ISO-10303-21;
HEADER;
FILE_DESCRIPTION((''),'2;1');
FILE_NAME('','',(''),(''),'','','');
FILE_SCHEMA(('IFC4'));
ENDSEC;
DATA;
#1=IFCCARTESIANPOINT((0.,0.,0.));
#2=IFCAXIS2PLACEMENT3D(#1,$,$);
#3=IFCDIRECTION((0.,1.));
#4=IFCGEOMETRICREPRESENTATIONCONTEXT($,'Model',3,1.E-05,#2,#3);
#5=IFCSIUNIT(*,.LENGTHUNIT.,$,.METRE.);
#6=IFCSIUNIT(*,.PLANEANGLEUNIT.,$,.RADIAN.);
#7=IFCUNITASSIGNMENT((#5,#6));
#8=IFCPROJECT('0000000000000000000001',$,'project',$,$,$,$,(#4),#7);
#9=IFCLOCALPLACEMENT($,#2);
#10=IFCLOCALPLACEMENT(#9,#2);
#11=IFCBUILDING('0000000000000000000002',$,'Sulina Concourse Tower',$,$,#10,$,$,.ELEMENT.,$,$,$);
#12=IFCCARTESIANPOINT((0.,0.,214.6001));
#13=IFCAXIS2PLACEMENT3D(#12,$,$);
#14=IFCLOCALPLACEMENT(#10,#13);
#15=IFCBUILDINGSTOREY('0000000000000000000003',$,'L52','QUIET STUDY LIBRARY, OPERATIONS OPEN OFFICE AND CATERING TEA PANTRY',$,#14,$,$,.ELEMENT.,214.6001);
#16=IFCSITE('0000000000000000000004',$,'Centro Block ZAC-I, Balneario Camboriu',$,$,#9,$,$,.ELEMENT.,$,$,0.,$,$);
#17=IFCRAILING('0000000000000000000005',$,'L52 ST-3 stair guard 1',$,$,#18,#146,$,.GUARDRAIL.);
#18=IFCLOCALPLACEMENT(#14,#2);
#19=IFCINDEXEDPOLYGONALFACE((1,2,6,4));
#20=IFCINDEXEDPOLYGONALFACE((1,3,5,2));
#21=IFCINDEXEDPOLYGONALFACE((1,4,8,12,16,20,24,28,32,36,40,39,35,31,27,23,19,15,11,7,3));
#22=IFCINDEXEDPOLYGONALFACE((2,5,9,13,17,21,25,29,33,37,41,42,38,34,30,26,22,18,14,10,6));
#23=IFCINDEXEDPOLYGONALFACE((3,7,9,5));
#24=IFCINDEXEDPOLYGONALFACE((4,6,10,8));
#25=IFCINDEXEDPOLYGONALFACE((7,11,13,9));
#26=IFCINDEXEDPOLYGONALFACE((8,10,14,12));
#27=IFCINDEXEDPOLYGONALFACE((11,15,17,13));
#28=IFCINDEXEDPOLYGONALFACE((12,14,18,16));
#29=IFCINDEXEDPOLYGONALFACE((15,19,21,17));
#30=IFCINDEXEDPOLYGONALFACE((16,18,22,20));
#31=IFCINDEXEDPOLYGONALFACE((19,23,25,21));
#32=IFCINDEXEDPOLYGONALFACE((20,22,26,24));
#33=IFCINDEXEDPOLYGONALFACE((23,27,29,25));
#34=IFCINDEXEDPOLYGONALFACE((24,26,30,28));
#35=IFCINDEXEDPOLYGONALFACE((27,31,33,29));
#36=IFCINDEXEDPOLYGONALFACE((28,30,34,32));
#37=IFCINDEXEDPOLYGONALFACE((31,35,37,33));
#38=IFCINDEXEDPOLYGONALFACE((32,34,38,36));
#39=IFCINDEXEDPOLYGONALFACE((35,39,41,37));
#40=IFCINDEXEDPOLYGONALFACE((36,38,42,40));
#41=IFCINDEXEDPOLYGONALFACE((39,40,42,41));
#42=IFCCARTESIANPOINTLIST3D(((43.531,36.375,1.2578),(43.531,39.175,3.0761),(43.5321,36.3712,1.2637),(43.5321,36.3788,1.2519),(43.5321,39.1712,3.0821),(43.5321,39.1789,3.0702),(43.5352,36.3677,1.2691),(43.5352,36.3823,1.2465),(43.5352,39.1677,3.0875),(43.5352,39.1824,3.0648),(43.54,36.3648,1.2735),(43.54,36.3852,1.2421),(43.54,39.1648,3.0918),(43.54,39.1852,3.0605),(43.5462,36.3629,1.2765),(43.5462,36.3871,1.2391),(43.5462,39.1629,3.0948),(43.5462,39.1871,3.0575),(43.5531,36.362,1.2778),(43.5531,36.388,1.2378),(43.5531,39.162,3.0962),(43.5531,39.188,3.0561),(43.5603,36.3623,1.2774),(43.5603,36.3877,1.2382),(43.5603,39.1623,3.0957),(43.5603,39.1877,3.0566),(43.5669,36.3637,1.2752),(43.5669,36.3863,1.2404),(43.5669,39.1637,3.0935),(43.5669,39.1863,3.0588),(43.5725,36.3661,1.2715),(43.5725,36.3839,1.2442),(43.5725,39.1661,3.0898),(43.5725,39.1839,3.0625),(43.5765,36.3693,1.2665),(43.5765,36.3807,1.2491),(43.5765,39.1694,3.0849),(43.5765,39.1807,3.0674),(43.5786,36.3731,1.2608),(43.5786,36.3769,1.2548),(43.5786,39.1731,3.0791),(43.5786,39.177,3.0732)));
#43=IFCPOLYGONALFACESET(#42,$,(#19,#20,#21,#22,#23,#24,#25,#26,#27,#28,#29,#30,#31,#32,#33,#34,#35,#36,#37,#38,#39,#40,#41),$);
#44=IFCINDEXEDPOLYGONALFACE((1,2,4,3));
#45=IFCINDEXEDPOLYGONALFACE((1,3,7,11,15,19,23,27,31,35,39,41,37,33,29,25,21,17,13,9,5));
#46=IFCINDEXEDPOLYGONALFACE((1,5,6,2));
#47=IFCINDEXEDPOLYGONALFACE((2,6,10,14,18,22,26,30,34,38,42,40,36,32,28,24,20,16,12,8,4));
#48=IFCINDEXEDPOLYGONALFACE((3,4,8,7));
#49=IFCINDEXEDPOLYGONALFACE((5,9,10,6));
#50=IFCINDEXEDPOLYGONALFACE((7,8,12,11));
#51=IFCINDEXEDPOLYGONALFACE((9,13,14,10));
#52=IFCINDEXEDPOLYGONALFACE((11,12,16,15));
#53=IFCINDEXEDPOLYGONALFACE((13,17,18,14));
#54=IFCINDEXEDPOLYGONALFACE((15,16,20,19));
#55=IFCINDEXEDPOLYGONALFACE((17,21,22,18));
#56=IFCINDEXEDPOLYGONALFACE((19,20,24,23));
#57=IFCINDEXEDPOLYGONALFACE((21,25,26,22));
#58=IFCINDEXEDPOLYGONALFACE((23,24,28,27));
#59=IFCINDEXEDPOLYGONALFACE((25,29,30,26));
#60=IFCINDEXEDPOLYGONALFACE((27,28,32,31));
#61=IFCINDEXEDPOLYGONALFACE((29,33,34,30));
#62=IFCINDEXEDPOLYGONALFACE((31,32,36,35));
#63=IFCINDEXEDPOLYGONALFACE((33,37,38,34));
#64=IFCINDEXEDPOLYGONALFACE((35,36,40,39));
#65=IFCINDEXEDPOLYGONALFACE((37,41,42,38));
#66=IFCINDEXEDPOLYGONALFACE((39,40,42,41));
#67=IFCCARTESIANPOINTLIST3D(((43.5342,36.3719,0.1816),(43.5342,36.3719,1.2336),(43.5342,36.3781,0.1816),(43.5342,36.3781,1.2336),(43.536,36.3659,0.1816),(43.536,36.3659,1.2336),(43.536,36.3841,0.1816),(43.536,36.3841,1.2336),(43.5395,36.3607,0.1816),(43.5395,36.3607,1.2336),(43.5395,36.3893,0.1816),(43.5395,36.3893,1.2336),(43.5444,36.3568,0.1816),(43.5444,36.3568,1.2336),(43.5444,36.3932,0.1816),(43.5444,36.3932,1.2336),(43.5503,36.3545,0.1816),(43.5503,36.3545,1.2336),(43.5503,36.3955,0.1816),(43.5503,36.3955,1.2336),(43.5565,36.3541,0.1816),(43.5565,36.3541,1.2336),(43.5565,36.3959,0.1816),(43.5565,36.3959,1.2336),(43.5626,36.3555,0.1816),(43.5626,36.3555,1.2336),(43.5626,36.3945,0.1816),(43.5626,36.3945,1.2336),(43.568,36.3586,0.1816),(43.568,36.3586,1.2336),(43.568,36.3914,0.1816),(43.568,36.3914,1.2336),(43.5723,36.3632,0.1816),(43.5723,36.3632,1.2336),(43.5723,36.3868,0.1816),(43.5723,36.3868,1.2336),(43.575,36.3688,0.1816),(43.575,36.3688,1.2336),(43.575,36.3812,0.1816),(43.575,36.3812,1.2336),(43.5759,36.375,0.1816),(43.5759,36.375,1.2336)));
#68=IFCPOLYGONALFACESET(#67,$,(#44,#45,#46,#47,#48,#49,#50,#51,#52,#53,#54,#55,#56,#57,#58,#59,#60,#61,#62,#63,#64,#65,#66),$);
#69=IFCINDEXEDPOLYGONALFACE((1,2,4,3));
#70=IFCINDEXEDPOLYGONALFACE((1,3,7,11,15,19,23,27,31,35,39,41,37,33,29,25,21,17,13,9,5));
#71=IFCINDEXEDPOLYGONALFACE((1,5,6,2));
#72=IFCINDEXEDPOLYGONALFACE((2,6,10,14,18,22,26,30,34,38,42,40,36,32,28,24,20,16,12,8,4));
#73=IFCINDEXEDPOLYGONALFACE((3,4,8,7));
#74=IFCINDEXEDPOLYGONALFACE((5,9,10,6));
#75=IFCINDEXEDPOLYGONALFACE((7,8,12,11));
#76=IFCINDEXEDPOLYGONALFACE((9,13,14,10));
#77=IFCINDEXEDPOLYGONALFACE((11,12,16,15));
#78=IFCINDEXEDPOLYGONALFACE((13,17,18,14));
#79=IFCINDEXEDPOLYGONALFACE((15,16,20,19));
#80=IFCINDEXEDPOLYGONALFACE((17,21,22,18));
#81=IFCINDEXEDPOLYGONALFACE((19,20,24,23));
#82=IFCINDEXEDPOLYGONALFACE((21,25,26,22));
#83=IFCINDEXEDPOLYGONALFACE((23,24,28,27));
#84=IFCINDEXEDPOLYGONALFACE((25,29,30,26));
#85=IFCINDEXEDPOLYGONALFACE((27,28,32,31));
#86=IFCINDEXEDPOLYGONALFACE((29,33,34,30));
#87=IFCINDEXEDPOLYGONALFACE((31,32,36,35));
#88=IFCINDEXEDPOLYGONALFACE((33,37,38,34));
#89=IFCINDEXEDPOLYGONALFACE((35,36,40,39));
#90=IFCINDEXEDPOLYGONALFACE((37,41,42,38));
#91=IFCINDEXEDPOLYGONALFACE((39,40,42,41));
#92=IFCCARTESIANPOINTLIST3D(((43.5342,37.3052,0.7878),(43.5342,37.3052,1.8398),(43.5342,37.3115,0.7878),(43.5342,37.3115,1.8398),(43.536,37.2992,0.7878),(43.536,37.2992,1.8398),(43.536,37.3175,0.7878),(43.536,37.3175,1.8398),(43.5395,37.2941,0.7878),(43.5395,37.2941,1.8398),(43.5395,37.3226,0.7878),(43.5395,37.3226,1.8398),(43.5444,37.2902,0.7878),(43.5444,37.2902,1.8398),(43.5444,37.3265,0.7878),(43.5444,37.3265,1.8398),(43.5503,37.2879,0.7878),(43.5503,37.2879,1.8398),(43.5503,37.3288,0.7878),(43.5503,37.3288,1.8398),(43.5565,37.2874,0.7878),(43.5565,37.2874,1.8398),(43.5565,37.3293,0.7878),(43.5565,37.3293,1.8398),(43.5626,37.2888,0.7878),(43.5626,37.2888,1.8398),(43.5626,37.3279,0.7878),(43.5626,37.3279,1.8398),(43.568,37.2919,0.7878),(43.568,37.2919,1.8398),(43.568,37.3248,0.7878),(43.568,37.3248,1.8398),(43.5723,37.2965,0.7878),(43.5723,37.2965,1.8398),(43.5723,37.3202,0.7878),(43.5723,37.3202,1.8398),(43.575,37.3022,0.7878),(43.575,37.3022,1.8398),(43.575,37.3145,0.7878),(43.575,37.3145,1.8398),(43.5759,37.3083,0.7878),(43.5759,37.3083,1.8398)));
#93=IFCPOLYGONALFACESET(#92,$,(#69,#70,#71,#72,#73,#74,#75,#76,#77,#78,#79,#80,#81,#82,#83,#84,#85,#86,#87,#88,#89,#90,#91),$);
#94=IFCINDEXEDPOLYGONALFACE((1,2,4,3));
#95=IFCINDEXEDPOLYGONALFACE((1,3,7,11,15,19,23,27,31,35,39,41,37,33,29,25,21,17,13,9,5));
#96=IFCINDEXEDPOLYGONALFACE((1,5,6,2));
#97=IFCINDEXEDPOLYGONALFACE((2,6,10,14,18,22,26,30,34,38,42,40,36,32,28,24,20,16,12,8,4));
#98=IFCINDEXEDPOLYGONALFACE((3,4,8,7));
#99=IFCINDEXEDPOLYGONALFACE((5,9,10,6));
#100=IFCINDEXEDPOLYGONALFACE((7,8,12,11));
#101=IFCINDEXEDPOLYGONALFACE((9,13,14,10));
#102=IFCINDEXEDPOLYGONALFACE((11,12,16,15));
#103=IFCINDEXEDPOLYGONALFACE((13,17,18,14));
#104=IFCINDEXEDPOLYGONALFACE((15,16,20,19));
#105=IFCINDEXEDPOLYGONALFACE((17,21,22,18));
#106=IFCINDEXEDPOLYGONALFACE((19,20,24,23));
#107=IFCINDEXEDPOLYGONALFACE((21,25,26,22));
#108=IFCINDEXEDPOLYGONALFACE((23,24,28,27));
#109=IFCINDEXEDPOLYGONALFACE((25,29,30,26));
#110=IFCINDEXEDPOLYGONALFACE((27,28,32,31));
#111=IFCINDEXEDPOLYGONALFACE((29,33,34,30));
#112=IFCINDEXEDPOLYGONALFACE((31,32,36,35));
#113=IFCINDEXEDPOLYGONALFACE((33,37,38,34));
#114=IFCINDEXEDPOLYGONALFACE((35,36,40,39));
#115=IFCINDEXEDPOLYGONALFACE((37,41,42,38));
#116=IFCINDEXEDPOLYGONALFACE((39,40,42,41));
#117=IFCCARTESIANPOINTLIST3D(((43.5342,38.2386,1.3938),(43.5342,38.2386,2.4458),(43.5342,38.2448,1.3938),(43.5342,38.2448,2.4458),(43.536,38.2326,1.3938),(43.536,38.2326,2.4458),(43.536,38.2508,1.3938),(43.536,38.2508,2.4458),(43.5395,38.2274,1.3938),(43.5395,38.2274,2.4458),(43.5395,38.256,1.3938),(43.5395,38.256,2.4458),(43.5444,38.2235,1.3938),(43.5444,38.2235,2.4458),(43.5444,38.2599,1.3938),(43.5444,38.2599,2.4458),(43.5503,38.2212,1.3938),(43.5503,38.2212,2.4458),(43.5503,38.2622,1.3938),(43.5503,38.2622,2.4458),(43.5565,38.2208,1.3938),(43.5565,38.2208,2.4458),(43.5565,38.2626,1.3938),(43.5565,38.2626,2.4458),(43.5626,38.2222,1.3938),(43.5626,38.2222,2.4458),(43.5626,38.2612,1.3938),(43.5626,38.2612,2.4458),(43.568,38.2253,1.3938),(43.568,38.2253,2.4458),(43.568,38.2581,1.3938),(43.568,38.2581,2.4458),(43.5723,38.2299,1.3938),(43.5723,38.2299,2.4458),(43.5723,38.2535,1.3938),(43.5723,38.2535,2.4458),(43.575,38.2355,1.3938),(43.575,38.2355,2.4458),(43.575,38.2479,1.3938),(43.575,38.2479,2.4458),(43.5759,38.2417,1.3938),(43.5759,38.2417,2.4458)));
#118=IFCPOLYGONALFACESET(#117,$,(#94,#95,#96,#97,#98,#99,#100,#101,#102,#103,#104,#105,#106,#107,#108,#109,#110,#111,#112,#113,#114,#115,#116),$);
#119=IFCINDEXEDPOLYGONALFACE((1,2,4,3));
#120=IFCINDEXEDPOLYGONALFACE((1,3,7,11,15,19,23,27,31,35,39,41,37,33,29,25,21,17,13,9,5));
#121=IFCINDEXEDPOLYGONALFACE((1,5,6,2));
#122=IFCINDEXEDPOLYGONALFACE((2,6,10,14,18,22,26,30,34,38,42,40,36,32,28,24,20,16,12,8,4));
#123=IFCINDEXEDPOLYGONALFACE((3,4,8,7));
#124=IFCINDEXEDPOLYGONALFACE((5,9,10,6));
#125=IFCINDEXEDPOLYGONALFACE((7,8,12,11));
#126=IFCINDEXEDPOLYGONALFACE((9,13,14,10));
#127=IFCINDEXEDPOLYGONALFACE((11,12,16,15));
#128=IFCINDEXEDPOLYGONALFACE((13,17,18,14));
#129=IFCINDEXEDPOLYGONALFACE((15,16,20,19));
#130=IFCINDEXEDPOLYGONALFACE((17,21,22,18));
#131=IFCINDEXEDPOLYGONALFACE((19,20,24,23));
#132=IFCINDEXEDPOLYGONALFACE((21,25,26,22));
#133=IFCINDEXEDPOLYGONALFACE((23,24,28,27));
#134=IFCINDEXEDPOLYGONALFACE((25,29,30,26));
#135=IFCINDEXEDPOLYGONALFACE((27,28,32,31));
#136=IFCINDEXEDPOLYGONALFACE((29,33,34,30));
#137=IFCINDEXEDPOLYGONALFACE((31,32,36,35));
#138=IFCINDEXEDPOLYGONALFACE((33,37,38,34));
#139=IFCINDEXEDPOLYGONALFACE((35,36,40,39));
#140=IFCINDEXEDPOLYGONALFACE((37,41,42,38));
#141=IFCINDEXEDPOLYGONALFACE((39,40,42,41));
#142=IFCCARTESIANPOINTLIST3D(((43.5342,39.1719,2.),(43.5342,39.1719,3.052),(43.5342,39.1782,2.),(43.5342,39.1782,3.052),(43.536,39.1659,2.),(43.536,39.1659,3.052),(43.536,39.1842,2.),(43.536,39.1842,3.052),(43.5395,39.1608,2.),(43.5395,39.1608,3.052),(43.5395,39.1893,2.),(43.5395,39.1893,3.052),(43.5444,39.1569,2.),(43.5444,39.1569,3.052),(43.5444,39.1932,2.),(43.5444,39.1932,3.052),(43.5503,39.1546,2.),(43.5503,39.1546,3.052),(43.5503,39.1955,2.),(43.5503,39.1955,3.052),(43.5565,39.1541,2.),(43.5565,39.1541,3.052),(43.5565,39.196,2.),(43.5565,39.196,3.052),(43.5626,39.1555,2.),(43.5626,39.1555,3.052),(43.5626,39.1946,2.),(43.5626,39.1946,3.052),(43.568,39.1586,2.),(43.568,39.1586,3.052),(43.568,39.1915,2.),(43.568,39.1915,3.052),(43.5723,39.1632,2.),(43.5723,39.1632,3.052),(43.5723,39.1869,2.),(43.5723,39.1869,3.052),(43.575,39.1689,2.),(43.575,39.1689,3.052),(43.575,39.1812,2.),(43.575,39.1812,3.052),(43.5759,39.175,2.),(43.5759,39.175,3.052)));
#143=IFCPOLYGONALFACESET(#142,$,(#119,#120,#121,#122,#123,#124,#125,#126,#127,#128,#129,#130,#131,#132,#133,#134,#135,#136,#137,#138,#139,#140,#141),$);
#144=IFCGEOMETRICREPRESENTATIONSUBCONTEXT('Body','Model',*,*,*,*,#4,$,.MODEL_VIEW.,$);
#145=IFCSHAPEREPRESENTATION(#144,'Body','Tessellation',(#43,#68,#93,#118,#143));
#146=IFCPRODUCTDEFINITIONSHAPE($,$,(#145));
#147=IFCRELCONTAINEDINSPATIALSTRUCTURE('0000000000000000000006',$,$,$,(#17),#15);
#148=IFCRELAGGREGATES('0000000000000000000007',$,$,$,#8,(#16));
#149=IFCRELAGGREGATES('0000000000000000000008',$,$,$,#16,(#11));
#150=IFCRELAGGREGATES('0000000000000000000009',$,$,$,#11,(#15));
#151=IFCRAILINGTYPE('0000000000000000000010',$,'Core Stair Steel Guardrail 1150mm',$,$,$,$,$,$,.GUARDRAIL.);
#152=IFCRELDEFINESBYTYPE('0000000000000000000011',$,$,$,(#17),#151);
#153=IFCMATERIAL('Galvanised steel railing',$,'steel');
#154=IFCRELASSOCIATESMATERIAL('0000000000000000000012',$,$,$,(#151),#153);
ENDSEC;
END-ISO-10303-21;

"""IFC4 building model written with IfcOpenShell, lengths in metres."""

from ifc_helpers import new_model, si_unit, direction, frame, origin, origin_2d, place, context, subcontext, project, spatial, circle, extrude, material, type_object, element, save


model = new_model("IFC4")

# Units and contexts
model_context = context("Model", 3, precision=1e-05, world=origin(), true_north=direction((0.0, 1.0)))
body_context = subcontext(model_context, "Body", "Model", "MODEL_VIEW")
ifc_project = project(units=[si_unit("LENGTHUNIT", "METRE"), si_unit("PLANEANGLEUNIT", "RADIAN")], contexts=[model_context])

# Site, building, storey
site_placement = place(None, origin())
site = spatial("IfcSite", under=ifc_project, at=site_placement, Name="Centro Block ZAC-I, Balneario Camboriu", CompositionType="ELEMENT", RefElevation=0.0)
building_placement = place(site_placement, origin())
building = spatial("IfcBuilding", under=site, at=building_placement, Name="Sulina Concourse Tower", CompositionType="ELEMENT")
storey_placement = place(building_placement, frame((0.0, 0.0, 214.6001)))
storey = spatial("IfcBuildingStorey", under=building, at=storey_placement, Name="L52", Description="QUIET STUDY LIBRARY, OPERATIONS OPEN OFFICE AND CATERING TEA PANTRY", CompositionType="ELEMENT", Elevation=214.6001)

# Railing
ifc_material_1 = material(Name="Galvanised steel railing", Category="steel")
railing_type_1 = type_object("IfcRailingType", Name="Core Stair Steel Guardrail 1150mm", PredefinedType="GUARDRAIL", material=ifc_material_1)
railing_1_placement = place(storey_placement, frame((43.5549, 36.375, 0.1816)))
element("IfcRailing", 1, at=railing_1_placement, inside=storey, type_object=railing_type_1, Name="L52 ST-3 stair guard 1", PredefinedType="GUARDRAIL", context=body_context, shape_type="SweptSolid", body=[
    extrude(circle(Radius=0.0239, at=origin_2d()), frame((0.0, 0.0, 1.0762), z_axis=(0.0, 0.838672, 0.544636), x_axis=(-1.0, 0.0, 0.0)), (0.0, 0.0, 1.0), 3.3386),
    extrude(circle(Radius=0.021, at=origin_2d()), origin(), (0.0, 0.0, 1.0), 1.052),
    extrude(circle(Radius=0.021, at=origin_2d()), frame((0.0, 0.9333, 0.6062)), (0.0, 0.0, 1.0), 1.052),
    extrude(circle(Radius=0.021, at=origin_2d()), frame((0.0, 1.8667, 1.2122)), (0.0, 0.0, 1.0), 1.052),
    extrude(circle(Radius=0.021, at=origin_2d()), frame((0.0, 2.8, 1.8184)), (0.0, 0.0, 1.0), 1.052),
])

save(model, "model.ifc")
